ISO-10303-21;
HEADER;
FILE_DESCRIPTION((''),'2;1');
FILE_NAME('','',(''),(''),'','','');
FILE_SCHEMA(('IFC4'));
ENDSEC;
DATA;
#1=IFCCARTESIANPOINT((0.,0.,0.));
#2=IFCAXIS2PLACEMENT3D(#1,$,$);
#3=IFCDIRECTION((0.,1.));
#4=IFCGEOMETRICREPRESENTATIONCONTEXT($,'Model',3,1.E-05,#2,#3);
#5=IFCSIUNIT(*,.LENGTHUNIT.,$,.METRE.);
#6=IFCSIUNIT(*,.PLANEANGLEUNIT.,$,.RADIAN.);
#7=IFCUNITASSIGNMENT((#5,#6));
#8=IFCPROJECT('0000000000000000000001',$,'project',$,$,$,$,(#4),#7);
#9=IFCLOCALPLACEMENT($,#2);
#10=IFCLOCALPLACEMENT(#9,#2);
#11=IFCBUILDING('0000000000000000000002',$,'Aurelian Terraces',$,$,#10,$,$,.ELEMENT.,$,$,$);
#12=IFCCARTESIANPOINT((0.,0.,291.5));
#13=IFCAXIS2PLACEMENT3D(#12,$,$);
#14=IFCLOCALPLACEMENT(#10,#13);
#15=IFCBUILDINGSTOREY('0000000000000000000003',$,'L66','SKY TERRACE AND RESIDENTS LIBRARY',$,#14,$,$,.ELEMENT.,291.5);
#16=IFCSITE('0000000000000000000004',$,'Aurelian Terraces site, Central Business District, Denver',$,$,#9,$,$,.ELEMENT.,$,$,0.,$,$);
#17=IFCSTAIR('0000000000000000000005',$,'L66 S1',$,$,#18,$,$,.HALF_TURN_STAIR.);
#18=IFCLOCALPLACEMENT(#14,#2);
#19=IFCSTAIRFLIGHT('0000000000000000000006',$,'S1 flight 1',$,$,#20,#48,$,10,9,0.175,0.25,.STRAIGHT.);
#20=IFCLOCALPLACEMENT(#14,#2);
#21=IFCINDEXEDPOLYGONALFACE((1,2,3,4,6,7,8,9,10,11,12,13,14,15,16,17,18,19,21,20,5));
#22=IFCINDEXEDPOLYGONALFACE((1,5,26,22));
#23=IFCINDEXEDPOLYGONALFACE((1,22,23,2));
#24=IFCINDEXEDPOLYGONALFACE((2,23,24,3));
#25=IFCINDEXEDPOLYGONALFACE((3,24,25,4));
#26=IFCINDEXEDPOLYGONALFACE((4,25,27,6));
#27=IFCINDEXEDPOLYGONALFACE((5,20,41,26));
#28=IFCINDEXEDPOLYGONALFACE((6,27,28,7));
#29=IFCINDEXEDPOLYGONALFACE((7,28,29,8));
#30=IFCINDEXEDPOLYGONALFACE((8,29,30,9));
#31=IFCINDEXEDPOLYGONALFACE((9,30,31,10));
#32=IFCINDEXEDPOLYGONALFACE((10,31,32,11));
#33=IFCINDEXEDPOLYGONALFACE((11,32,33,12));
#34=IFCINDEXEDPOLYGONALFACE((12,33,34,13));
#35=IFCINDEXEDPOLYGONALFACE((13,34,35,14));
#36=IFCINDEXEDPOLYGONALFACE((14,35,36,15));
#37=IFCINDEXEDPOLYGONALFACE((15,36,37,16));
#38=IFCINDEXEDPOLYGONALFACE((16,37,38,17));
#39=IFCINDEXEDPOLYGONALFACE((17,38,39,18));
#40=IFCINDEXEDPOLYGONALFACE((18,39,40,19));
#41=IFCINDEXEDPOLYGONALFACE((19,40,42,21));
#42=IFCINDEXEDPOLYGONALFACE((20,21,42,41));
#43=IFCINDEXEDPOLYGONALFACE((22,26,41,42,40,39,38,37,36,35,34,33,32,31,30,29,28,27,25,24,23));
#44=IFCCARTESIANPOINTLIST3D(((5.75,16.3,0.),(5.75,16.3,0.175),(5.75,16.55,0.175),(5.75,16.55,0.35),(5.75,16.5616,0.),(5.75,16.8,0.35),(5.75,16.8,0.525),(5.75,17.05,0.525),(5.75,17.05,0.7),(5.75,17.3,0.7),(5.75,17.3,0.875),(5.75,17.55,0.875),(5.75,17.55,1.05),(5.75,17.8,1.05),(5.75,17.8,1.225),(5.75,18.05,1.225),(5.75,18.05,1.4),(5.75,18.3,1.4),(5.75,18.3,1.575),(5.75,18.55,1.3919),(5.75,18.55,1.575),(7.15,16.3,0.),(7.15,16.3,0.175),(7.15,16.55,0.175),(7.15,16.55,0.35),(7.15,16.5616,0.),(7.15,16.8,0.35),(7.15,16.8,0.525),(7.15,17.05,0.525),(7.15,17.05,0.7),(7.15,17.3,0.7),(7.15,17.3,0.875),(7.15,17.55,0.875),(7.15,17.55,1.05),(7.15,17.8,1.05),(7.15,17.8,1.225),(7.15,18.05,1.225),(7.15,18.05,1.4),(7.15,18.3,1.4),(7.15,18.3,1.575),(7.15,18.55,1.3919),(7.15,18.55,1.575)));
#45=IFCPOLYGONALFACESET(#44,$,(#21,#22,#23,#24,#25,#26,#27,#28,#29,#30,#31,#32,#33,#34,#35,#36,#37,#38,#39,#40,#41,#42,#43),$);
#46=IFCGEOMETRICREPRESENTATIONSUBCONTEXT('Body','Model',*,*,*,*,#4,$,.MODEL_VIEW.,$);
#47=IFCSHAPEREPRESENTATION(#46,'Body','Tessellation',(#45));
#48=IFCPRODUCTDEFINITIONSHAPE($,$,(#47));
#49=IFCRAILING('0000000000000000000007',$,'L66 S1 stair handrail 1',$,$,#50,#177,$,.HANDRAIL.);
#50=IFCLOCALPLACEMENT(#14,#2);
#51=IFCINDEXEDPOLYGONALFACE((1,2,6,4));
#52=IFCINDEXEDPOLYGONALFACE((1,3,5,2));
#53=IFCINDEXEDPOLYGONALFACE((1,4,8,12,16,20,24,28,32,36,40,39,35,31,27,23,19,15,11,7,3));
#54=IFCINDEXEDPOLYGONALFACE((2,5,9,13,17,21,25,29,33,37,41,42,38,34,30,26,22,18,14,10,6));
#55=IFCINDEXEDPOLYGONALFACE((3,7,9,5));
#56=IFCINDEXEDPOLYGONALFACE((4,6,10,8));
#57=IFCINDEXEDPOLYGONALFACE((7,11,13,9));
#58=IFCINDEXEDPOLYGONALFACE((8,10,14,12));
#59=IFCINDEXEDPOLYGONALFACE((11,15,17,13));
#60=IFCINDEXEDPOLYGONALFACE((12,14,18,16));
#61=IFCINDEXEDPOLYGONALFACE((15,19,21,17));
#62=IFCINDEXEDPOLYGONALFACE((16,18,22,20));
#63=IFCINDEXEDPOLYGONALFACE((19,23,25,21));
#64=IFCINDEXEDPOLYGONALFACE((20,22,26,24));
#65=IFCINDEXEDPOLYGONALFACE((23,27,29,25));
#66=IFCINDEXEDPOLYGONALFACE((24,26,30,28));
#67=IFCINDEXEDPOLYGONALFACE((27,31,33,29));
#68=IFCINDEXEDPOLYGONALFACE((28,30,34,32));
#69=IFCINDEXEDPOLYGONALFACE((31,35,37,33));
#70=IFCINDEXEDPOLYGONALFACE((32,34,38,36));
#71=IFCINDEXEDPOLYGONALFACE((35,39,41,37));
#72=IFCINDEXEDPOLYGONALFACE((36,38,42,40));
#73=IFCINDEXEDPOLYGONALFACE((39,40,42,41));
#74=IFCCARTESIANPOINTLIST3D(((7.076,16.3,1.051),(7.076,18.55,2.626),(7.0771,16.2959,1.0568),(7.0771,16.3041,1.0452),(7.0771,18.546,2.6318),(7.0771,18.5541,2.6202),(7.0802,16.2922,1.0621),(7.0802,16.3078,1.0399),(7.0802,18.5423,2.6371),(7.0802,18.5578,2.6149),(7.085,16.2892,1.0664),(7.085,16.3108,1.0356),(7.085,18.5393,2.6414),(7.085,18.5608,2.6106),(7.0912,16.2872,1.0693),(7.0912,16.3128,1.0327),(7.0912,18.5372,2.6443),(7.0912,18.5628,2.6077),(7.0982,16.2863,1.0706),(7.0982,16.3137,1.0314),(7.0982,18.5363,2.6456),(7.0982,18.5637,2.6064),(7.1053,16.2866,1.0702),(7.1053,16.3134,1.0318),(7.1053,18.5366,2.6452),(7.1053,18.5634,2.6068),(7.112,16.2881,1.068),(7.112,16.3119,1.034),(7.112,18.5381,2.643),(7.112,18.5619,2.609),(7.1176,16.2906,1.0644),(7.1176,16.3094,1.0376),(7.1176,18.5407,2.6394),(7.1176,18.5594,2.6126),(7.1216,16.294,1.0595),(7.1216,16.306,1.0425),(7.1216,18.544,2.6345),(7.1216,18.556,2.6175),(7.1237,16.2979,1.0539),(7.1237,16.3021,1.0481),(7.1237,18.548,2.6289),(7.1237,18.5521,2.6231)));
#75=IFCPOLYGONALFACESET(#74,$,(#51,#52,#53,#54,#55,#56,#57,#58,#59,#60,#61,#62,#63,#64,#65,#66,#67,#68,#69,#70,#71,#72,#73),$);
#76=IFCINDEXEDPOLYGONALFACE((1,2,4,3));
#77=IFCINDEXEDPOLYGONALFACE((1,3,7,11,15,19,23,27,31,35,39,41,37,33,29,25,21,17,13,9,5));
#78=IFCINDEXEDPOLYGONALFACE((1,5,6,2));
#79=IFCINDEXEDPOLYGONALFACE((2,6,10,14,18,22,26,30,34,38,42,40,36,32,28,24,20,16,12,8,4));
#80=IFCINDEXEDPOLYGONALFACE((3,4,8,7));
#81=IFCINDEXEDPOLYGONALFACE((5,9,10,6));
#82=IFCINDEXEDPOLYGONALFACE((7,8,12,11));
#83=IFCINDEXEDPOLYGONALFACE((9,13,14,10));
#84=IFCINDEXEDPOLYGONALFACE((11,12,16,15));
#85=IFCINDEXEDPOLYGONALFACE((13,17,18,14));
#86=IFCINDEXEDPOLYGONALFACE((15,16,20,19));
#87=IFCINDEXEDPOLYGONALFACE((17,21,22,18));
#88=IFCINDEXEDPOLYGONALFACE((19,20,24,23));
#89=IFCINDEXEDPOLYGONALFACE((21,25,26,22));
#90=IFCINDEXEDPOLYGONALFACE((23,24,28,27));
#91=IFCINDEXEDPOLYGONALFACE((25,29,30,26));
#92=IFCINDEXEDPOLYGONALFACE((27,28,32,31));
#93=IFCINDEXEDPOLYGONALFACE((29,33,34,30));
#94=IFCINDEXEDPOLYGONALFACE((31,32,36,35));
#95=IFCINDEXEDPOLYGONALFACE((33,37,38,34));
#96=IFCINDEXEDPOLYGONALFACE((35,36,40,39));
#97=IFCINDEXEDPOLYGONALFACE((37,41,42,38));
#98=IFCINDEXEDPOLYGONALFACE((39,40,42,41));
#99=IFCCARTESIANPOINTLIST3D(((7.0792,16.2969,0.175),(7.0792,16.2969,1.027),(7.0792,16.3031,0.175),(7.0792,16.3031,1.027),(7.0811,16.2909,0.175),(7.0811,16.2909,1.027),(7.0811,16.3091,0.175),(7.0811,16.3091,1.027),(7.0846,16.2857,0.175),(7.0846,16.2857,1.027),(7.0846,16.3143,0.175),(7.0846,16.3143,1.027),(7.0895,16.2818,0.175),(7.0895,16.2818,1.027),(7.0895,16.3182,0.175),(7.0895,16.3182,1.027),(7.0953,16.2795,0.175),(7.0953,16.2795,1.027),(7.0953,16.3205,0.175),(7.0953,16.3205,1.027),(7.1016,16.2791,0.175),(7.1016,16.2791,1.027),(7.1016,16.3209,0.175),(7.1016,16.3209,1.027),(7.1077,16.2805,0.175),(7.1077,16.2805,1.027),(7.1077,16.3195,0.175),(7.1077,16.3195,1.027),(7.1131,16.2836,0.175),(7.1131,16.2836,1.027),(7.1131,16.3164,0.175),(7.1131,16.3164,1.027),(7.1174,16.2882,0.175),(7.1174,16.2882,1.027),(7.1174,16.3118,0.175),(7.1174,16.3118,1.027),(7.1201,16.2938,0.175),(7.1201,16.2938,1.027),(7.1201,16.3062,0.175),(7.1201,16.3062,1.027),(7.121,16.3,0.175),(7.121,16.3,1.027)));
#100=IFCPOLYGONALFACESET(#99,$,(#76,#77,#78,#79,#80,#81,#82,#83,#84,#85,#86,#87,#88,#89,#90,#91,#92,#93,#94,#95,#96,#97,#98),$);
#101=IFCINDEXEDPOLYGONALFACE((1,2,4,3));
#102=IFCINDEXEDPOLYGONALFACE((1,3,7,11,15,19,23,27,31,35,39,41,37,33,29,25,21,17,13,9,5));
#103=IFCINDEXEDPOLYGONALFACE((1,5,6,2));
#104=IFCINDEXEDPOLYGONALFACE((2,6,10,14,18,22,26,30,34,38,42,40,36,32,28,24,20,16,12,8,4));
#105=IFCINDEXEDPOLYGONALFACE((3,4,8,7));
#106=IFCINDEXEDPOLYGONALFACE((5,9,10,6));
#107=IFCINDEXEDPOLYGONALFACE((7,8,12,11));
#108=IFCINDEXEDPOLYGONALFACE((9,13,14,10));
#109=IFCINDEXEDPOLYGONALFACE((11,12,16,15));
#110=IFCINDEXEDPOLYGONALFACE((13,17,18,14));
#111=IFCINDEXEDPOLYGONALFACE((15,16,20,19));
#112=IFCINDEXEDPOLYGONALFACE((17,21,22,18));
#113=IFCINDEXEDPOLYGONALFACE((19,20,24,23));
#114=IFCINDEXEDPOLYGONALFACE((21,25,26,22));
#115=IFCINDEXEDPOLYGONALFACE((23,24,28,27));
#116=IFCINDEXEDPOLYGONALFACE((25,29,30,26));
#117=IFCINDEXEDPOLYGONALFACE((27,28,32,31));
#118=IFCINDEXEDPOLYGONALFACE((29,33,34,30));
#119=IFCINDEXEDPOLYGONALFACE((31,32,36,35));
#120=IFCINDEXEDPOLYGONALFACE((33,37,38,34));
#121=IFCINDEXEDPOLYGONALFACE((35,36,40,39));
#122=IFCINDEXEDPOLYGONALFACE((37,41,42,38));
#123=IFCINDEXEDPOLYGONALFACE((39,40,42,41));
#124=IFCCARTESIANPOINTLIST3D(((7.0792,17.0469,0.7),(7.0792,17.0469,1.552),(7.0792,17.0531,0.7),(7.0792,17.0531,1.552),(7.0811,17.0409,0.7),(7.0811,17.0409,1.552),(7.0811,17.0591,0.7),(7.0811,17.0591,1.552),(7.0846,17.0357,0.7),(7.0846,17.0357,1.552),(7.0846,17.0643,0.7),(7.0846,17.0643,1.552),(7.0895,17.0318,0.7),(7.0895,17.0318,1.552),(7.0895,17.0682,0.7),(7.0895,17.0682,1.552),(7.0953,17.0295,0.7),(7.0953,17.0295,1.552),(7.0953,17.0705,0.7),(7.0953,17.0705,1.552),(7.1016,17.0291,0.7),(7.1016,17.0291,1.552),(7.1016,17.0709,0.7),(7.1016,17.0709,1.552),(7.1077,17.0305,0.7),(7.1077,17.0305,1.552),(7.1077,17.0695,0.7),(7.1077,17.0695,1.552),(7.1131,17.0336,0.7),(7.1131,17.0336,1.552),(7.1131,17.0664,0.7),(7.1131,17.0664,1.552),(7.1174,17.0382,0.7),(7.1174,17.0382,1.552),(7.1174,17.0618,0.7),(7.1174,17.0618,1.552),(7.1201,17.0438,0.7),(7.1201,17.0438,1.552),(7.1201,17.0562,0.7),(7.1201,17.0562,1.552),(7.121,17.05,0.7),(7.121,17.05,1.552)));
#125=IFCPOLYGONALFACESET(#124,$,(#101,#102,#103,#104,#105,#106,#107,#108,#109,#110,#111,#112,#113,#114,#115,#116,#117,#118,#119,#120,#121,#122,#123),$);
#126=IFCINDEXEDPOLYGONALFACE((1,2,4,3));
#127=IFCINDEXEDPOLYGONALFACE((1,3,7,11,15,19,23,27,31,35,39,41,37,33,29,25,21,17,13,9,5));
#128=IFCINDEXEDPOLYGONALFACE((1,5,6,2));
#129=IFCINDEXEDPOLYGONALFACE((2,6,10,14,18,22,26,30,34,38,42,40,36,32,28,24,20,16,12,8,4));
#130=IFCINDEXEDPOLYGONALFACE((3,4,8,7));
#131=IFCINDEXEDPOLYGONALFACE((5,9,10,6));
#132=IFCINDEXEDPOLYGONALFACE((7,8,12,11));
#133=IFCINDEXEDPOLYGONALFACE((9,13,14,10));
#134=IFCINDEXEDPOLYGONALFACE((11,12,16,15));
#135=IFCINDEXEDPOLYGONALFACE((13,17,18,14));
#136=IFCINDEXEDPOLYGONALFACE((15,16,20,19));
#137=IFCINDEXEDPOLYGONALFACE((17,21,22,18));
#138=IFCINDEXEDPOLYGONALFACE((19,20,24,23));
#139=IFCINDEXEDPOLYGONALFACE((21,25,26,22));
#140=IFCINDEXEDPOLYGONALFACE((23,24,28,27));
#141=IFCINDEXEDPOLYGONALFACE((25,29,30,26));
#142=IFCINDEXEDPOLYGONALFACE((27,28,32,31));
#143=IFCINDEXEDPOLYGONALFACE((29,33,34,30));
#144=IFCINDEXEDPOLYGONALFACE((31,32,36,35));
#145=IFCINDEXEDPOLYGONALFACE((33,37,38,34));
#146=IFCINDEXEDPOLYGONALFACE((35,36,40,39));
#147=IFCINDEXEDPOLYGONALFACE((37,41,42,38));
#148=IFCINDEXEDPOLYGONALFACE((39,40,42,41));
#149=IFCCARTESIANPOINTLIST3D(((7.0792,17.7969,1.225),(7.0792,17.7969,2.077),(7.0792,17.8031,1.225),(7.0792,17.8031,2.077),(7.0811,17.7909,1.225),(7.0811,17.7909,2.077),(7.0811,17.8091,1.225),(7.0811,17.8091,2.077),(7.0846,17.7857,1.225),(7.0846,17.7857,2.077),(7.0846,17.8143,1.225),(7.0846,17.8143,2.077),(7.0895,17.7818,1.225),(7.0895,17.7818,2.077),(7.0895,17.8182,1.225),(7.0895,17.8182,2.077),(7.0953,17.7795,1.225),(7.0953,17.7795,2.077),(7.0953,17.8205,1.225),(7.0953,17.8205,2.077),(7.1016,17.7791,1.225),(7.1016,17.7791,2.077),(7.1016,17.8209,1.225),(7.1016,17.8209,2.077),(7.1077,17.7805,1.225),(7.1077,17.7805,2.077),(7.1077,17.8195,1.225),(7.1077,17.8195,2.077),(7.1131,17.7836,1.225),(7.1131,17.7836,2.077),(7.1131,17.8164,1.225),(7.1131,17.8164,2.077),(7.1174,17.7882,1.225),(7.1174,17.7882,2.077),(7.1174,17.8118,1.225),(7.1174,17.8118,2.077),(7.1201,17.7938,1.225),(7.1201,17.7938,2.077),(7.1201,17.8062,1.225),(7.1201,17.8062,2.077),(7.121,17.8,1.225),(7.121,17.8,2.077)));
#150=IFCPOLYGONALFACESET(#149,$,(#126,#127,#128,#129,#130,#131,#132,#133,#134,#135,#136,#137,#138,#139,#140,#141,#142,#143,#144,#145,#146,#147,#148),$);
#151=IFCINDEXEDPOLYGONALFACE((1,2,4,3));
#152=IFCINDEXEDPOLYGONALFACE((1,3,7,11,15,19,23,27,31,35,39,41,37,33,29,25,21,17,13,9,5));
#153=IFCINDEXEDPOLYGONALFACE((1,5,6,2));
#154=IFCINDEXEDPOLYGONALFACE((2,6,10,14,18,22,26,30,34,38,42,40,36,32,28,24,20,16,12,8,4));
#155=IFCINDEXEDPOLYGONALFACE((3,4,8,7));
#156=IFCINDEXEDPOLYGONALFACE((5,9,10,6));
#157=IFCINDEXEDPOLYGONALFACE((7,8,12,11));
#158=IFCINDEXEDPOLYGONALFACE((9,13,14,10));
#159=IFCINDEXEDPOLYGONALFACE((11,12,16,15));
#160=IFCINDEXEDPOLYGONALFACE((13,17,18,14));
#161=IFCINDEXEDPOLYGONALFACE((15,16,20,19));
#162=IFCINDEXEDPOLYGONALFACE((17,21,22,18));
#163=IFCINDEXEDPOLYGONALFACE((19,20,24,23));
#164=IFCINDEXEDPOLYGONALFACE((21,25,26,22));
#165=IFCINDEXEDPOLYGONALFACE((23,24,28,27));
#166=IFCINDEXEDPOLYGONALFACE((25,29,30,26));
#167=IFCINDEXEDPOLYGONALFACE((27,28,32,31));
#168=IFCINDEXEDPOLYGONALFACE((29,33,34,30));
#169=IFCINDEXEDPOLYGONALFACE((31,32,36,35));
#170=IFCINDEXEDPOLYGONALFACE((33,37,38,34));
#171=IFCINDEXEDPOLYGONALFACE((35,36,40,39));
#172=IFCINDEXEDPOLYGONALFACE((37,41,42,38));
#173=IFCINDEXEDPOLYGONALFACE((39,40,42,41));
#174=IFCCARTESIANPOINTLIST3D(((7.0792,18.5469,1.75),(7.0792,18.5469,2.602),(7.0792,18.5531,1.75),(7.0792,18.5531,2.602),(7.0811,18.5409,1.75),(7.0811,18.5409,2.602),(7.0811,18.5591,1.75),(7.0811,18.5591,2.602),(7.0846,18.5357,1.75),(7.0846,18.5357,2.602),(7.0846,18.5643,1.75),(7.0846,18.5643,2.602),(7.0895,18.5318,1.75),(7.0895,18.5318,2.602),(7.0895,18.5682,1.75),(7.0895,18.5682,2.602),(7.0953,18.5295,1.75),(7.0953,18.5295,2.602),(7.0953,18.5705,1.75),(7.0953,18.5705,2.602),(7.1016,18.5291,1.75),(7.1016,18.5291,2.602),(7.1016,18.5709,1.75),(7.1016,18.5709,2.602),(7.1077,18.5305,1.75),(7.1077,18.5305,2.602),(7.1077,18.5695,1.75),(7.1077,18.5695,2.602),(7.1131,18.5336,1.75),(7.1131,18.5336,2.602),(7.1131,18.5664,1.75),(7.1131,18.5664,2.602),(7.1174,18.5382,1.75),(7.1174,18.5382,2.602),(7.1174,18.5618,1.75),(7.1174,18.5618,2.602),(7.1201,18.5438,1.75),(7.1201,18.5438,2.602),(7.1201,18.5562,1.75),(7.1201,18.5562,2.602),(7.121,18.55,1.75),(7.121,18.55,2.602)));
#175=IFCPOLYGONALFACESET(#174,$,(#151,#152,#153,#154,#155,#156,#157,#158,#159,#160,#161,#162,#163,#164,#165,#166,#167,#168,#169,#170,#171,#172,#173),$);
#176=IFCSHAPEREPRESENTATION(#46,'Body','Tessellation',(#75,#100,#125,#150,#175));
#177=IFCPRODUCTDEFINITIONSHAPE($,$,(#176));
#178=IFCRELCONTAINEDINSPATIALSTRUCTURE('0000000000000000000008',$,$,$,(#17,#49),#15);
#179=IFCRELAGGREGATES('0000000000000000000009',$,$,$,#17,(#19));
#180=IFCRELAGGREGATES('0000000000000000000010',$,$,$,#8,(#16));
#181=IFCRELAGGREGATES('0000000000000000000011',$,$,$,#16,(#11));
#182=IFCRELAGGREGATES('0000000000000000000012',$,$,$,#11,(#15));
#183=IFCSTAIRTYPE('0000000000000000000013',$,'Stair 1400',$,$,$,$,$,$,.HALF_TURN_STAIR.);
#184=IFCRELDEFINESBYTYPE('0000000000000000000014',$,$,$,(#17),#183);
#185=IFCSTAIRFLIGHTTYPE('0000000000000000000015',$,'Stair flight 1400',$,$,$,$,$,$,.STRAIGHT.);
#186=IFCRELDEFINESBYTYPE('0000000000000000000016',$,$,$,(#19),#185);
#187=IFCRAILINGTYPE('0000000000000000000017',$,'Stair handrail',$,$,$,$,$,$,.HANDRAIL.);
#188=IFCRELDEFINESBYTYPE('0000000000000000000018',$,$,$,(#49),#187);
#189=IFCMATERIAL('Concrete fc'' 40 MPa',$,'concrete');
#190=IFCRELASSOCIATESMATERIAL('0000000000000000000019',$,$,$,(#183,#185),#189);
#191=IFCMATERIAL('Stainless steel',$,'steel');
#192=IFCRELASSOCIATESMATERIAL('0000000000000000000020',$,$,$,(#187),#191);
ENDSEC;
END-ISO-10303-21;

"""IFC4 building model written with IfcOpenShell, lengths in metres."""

from ifc_helpers import new_model, si_unit, direction, frame, origin, origin_2d, place, context, subcontext, project, spatial, polyline, circle, outline, extrude, source, transform, mapped, material, type_object, element, aggregate, save


model = new_model("IFC4")

# Units and contexts
model_context = context("Model", 3, precision=1e-05, world=origin(), true_north=direction((0.0, 1.0)))
body_context = subcontext(model_context, "Body", "Model", "MODEL_VIEW")
ifc_project = project(units=[si_unit("LENGTHUNIT", "METRE"), si_unit("PLANEANGLEUNIT", "RADIAN")], contexts=[model_context])

# Site, building, storey
site_placement = place(None, origin())
site = spatial("IfcSite", under=ifc_project, at=site_placement, Name="Aurelian Terraces site, Central Business District, Denver", CompositionType="ELEMENT", RefElevation=0.0)
building_placement = place(site_placement, origin())
building = spatial("IfcBuilding", under=site, at=building_placement, Name="Aurelian Terraces", CompositionType="ELEMENT")
storey_placement = place(building_placement, frame((0.0, 0.0, 291.5)))
storey = spatial("IfcBuildingStorey", under=building, at=storey_placement, Name="L66", Description="SKY TERRACE AND RESIDENTS LIBRARY", CompositionType="ELEMENT", Elevation=291.5)

# Shared definitions
ifc_material_1 = material(Name="Concrete fc' 40 MPa", Category="concrete")
ifc_material_2 = material(Name="Stainless steel", Category="steel")

# Stair, stair flight
stair_type = type_object("IfcStairType", Name="Stair 1400", PredefinedType="HALF_TURN_STAIR", material=ifc_material_1)
stair_placement = place(storey_placement, origin())
stair = element("IfcStair", 1, at=stair_placement, inside=storey, type_object=stair_type, Name="L66 S1", PredefinedType="HALF_TURN_STAIR")
stair_flight_type = type_object("IfcStairFlightType", Name="Stair flight 1400", PredefinedType="STRAIGHT", material=ifc_material_1)
shared_shape_1 = source(origin(), body_context, "Body", "SweptSolid", [
    extrude(outline(polyline([(0.0, 0.0), (0.0, 0.175), (0.25, 0.175), (0.25, 0.35), (0.5, 0.35), (0.5, 0.525), (0.75, 0.525), (0.75, 0.7), (1.0, 0.7), (1.0, 0.875), (1.25, 0.875), (1.25, 1.05), (1.5, 1.05), (1.5, 1.225), (1.75, 1.225), (1.75, 1.4), (2.0, 1.4), (2.0, 1.575), (2.25, 1.575), (2.25, 1.75), (2.25, 1.3919), (0.2616, 0.0), (0.0, 0.0)])), frame((0.0, 0.7, 0.0), z_axis=(0.0, -1.0, 0.0), x_axis=(1.0, 0.0, 0.0)), (0.0, 0.0, 1.0), 1.4),
])
stair_flight_placement = place(storey_placement, frame((6.45, 16.3, 0.0), z_axis=(0.0, 0.0, 1.0), x_axis=(0.0, 1.0, 0.0)))
stair_flight = element("IfcStairFlight", 2, at=stair_flight_placement, type_object=stair_flight_type, Name="S1 flight 1", NumberOfRisers=10, NumberOfTreads=9, PredefinedType="STRAIGHT", RiserHeight=0.175, TreadLength=0.25, context=body_context, shape_type="MappedRepresentation", body=[
    mapped(shared_shape_1, transform((0.0, 0.0, 0.0), scale=1.0)),
])
aggregate(stair, [stair_flight])

# Railing
railing_type = type_object("IfcRailingType", Name="Stair handrail", PredefinedType="HANDRAIL", material=ifc_material_2)
shared_shape_2 = source(origin(), body_context, "Body", "SweptSolid", [
    extrude(circle(Radius=0.024, at=origin_2d()), frame((0.0, 0.0, 0.876), z_axis=(0.0, 0.819232, 0.573462), x_axis=(-1.0, 0.0, 0.0)), (0.0, 0.0, 1.0), 2.7465),
    extrude(circle(Radius=0.021, at=origin_2d()), origin(), (0.0, 0.0, 1.0), 0.852),
    extrude(circle(Radius=0.021, at=origin_2d()), frame((0.0, 0.75, 0.525)), (0.0, 0.0, 1.0), 0.852),
    extrude(circle(Radius=0.021, at=origin_2d()), frame((0.0, 1.5, 1.05)), (0.0, 0.0, 1.0), 0.852),
    extrude(circle(Radius=0.021, at=origin_2d()), frame((0.0, 2.25, 1.575)), (0.0, 0.0, 1.0), 0.852),
])
railing_placement = place(storey_placement, frame((7.1, 16.3, 0.175)))
element("IfcRailing", 3, at=railing_placement, inside=storey, type_object=railing_type, Name="L66 S1 stair handrail 1", PredefinedType="HANDRAIL", context=body_context, shape_type="MappedRepresentation", body=[
    mapped(shared_shape_2, transform((0.0, 0.0, 0.0), scale=1.0)),
])

save(model, "model.ifc")
